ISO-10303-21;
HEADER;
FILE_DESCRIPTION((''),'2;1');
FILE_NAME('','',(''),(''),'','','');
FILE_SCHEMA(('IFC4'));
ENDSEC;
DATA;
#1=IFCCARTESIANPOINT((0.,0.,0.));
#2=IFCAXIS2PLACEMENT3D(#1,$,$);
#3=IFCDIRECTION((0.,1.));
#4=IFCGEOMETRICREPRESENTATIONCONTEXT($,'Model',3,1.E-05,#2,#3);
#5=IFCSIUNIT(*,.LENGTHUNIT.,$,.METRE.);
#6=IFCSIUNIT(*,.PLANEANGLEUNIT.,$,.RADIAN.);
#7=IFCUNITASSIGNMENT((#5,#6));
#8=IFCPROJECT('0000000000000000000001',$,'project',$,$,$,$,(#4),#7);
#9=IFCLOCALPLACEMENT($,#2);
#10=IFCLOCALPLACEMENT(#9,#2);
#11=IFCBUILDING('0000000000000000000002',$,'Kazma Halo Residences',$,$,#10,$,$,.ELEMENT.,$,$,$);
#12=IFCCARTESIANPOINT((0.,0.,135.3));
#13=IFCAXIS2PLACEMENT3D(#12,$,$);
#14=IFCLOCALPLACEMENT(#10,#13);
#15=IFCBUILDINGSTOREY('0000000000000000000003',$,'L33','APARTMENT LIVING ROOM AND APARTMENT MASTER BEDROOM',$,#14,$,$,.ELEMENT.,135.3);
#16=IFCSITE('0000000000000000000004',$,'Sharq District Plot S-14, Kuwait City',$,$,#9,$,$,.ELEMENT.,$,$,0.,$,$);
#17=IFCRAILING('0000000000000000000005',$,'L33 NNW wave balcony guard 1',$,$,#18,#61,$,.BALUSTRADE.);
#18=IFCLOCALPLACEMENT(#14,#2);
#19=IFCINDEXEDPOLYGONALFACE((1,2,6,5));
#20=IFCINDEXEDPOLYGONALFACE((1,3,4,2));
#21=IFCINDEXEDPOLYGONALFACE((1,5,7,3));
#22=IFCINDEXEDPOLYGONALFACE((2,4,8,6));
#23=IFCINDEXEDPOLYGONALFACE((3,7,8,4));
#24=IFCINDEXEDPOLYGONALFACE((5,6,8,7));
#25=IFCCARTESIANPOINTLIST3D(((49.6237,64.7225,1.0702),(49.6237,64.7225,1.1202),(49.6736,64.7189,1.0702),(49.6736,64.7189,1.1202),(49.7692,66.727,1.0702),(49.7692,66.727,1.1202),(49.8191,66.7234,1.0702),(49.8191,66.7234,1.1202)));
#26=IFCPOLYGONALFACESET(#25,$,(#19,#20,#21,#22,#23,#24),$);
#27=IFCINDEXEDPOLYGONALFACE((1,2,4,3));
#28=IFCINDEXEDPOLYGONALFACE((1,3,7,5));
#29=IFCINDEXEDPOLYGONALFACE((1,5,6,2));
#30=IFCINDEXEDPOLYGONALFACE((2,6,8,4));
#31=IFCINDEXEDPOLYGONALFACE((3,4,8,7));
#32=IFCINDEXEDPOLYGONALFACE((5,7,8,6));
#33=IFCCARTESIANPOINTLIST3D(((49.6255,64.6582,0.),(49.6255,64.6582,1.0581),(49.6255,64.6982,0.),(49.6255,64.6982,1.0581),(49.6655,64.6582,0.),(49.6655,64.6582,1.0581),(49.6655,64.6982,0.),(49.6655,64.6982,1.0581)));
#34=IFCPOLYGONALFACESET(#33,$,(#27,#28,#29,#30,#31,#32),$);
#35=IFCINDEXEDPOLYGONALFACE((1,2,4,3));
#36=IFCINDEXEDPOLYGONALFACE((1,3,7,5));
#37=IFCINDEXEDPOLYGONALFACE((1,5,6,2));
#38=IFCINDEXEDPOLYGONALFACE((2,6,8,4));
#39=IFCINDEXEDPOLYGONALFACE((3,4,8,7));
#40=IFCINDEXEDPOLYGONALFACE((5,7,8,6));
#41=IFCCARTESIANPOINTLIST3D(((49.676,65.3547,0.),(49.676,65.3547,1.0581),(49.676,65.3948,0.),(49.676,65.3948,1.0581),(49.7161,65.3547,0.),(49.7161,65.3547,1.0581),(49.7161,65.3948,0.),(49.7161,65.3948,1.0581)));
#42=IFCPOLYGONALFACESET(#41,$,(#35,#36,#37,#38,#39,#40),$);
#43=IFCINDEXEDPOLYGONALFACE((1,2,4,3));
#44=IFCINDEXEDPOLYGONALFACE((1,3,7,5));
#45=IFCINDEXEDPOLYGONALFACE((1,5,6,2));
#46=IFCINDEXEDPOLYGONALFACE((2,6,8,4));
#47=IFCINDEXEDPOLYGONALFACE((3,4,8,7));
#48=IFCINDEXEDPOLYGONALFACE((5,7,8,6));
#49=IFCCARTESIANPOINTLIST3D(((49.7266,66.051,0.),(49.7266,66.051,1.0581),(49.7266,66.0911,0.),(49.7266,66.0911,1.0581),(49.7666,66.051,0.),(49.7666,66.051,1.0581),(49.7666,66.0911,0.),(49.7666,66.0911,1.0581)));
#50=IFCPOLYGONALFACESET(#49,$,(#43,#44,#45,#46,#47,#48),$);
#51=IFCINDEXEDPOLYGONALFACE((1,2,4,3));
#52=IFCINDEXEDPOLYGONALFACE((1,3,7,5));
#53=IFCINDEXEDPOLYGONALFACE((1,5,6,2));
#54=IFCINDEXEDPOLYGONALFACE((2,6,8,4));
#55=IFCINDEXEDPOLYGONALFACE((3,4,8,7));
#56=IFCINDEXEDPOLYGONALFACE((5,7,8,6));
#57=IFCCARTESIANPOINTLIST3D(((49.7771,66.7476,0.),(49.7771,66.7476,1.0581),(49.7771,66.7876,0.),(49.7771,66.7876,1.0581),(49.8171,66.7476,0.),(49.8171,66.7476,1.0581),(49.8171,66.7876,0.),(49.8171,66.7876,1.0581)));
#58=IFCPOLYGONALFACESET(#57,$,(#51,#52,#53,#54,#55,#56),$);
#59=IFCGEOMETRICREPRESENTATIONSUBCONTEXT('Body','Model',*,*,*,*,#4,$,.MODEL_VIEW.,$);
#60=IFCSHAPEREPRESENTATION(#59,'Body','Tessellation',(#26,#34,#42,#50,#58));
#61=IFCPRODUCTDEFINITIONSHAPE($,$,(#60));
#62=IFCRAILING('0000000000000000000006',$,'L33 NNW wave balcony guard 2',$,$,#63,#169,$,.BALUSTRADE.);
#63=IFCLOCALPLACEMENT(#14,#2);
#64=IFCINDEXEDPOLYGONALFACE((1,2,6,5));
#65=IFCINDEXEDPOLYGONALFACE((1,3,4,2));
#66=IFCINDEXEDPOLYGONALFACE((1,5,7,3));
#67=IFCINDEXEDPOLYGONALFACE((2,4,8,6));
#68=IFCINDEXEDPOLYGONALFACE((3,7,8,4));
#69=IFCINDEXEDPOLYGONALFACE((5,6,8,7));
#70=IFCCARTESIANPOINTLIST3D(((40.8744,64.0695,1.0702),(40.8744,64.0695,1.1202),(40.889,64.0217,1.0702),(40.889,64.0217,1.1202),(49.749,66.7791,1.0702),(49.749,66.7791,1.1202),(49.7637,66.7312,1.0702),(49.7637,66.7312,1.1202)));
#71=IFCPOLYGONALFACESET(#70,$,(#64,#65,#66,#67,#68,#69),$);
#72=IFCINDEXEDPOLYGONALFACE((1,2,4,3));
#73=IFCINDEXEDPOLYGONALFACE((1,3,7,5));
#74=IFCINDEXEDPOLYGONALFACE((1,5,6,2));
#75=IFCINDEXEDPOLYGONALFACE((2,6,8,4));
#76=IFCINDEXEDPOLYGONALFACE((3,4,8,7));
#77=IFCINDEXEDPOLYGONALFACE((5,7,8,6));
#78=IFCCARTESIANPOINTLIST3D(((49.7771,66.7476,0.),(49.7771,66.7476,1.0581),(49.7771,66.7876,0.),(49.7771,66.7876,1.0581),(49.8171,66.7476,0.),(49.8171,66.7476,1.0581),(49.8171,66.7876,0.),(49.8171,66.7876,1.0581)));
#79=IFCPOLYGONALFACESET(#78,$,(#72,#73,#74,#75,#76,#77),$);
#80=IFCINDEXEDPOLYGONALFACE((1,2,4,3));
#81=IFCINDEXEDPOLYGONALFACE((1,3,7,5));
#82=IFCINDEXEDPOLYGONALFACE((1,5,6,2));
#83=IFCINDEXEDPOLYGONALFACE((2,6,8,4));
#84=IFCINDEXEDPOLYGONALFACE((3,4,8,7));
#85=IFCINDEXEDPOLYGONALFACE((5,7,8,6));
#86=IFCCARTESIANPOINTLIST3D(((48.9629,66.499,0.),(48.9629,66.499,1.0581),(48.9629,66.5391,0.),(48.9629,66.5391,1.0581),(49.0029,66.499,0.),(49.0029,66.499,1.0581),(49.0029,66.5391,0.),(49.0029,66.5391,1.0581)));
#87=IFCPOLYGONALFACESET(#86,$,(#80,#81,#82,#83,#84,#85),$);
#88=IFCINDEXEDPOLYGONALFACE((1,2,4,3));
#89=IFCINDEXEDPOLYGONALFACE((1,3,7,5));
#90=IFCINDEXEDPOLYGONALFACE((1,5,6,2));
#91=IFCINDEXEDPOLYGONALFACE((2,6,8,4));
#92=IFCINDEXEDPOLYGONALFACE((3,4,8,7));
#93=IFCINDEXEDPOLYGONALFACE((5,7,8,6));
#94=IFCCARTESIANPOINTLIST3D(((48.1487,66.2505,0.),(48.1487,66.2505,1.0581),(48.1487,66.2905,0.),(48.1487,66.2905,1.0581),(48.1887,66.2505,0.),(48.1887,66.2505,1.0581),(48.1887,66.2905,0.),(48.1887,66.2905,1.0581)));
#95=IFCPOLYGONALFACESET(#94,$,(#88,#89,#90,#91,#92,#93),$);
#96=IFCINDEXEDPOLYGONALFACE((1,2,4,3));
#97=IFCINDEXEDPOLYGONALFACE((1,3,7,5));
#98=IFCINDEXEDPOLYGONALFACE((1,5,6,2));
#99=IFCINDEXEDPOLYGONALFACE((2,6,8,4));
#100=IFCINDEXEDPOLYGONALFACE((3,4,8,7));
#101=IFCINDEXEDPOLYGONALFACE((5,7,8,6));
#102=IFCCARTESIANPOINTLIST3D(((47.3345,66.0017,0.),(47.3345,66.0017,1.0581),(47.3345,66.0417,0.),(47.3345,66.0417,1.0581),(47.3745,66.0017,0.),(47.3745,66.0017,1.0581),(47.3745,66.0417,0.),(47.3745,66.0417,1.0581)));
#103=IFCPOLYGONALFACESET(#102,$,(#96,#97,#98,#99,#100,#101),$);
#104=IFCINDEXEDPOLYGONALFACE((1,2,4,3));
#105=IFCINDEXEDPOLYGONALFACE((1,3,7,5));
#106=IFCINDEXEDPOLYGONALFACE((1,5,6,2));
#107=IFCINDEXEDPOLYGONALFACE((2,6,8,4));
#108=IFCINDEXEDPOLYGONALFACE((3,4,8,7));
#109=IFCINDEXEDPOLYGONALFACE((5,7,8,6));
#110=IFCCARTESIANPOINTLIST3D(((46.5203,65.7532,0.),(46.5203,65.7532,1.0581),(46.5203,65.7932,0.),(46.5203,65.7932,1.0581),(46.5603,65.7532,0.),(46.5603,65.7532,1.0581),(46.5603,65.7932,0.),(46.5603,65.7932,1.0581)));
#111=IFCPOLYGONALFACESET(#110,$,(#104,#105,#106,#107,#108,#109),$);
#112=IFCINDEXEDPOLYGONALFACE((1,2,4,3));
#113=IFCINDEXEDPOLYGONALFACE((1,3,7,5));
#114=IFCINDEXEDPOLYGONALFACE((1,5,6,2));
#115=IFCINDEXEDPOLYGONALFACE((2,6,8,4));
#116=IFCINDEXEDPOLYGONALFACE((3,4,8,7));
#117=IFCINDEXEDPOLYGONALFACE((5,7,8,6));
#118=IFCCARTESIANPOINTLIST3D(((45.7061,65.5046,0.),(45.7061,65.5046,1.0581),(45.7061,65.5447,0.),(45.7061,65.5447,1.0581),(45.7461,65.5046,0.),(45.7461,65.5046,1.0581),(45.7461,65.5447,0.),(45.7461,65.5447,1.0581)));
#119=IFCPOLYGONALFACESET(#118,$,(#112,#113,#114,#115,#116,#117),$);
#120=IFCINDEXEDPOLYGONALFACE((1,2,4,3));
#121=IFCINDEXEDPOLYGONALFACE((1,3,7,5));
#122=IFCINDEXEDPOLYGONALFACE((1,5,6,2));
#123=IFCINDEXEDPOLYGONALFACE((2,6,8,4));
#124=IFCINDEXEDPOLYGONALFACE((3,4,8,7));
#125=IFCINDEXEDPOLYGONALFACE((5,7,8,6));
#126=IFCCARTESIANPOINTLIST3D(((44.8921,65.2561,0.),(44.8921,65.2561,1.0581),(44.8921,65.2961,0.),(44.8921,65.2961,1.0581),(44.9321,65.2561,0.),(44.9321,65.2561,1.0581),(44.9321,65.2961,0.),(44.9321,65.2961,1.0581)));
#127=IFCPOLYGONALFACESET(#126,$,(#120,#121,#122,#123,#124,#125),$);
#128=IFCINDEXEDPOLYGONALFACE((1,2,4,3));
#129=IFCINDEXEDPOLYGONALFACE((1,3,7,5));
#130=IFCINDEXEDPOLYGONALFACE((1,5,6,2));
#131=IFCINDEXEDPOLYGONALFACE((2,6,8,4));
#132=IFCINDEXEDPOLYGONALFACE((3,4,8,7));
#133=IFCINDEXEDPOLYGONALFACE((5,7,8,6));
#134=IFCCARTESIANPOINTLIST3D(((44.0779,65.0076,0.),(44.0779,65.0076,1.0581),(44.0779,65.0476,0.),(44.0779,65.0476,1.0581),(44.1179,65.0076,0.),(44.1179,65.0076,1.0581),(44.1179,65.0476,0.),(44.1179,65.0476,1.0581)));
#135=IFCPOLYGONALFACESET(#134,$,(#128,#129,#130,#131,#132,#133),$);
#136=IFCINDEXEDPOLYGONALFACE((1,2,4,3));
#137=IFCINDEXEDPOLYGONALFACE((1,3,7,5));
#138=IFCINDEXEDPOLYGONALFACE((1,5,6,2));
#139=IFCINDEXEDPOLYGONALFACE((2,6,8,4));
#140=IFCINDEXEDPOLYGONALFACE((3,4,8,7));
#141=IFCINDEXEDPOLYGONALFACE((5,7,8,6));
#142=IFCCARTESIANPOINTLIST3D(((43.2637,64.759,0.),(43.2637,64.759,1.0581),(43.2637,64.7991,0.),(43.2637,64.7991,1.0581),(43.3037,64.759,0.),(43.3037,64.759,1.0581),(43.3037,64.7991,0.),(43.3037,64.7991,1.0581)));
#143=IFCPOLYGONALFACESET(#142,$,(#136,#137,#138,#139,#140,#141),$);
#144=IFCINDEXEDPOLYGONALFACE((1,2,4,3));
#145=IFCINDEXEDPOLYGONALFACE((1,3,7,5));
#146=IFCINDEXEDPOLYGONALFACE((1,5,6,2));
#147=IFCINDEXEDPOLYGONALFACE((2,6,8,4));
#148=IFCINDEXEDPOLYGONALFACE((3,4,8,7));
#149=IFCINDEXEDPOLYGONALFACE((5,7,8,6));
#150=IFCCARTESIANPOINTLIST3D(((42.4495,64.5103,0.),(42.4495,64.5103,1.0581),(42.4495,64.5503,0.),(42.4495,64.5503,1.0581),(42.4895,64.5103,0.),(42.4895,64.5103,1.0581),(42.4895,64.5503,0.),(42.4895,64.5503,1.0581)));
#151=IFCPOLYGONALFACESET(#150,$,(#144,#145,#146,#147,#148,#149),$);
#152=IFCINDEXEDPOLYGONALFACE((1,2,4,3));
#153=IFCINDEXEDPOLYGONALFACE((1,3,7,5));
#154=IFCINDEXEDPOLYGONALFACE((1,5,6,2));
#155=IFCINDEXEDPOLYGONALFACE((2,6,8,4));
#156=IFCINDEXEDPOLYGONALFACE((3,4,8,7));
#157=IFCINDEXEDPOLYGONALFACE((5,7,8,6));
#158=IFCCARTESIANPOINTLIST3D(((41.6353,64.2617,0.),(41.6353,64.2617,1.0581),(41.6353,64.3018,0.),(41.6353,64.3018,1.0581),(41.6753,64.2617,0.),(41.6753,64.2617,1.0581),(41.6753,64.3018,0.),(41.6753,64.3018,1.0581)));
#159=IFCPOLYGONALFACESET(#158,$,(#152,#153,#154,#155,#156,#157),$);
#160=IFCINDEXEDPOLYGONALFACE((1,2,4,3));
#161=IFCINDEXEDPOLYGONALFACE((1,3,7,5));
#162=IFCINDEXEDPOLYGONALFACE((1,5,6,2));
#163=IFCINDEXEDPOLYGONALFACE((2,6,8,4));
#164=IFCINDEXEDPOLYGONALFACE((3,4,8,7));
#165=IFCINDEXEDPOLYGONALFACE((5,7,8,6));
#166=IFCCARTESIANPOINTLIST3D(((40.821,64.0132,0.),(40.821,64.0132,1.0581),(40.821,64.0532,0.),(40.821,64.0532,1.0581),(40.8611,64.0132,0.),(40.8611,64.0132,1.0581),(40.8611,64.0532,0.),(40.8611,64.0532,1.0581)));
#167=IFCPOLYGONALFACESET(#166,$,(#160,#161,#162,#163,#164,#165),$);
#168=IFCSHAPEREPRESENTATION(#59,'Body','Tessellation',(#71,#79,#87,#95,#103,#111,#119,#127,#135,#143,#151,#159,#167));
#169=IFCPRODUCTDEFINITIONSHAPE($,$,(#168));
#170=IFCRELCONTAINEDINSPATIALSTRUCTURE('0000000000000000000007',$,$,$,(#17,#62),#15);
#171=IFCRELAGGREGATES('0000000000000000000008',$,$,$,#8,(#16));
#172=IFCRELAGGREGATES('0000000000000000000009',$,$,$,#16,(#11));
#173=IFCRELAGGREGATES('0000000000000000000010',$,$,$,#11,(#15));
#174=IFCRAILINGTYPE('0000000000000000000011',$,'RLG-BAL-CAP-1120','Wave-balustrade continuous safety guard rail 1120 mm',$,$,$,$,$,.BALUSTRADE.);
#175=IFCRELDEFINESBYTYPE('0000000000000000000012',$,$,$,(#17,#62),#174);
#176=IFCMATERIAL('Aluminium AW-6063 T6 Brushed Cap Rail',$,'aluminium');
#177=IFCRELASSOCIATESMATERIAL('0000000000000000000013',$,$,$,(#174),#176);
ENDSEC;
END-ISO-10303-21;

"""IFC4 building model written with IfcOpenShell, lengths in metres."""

from ifc_helpers import new_model, si_unit, direction, frame, origin, origin_2d, place, context, subcontext, project, spatial, rectangle, extrude, material, type_object, element, save


model = new_model("IFC4")

# Units and contexts
model_context = context("Model", 3, precision=1e-05, world=origin(), true_north=direction((0.0, 1.0)))
body_context = subcontext(model_context, "Body", "Model", "MODEL_VIEW")
ifc_project = project(units=[si_unit("LENGTHUNIT", "METRE"), si_unit("PLANEANGLEUNIT", "RADIAN")], contexts=[model_context])

# Site, building, storey
site_placement = place(None, origin())
site = spatial("IfcSite", under=ifc_project, at=site_placement, Name="Sharq District Plot S-14, Kuwait City", CompositionType="ELEMENT", RefElevation=0.0)
building_placement = place(site_placement, origin())
building = spatial("IfcBuilding", under=site, at=building_placement, Name="Kazma Halo Residences", CompositionType="ELEMENT")
storey_placement = place(building_placement, frame((0.0, 0.0, 135.3)))
storey = spatial("IfcBuildingStorey", under=building, at=storey_placement, Name="L33", Description="APARTMENT LIVING ROOM AND APARTMENT MASTER BEDROOM", CompositionType="ELEMENT", Elevation=135.3)

# Railings
ifc_material_1 = material(Name="Aluminium AW-6063 T6 Brushed Cap Rail", Category="aluminium")
railing_type = type_object("IfcRailingType", Name="RLG-BAL-CAP-1120", Description="Wave-balustrade continuous safety guard rail 1120 mm", PredefinedType="BALUSTRADE", material=ifc_material_1)
railing_1_placement = place(storey_placement, frame((49.6455, 64.6782, 0.0)))
element("IfcRailing", 1, at=railing_1_placement, inside=storey, type_object=railing_type, Name="L33 NNW wave balcony guard 1", PredefinedType="BALUSTRADE", context=body_context, shape_type="SweptSolid", body=[
    extrude(rectangle(XDim=0.05, YDim=0.05, at=origin_2d()), frame((0.0032, 0.0425, 1.0952), z_axis=(0.072373, 0.997378, 0.0), x_axis=(-0.997378, 0.072373, 0.0)), (0.0, 0.0, 1.0), 2.0098),
    extrude(rectangle(XDim=0.04, YDim=0.04, at=origin_2d()), origin(), (0.0, 0.0, 1.0), 1.0581),
    extrude(rectangle(XDim=0.04, YDim=0.04, at=origin_2d()), frame((0.0505, 0.6965, 0.0)), (0.0, 0.0, 1.0), 1.0581),
    extrude(rectangle(XDim=0.04, YDim=0.04, at=origin_2d()), frame((0.1011, 1.3928, 0.0)), (0.0, 0.0, 1.0), 1.0581),
    extrude(rectangle(XDim=0.04, YDim=0.04, at=origin_2d()), frame((0.1516, 2.0894, 0.0)), (0.0, 0.0, 1.0), 1.0581),
])
railing_2_placement = place(storey_placement, frame((49.7971, 66.7676, 0.0)))
element("IfcRailing", 2, at=railing_2_placement, inside=storey, type_object=railing_type, Name="L33 NNW wave balcony guard 2", PredefinedType="BALUSTRADE", context=body_context, shape_type="SweptSolid", body=[
    extrude(rectangle(XDim=0.05, YDim=0.05, at=origin_2d()), frame((-0.0408, -0.0125, 1.0952), z_axis=(-0.956417, -0.292004, 0.0), x_axis=(0.292004, -0.956417, 0.0)), (0.0, 0.0, 1.0), 9.2791),
    extrude(rectangle(XDim=0.04, YDim=0.04, at=origin_2d()), origin(), (0.0, 0.0, 1.0), 1.0581),
    extrude(rectangle(XDim=0.04, YDim=0.04, at=origin_2d()), frame((-0.8142, -0.2485, 0.0)), (0.0, 0.0, 1.0), 1.0581),
    extrude(rectangle(XDim=0.04, YDim=0.04, at=origin_2d()), frame((-1.6284, -0.4971, 0.0)), (0.0, 0.0, 1.0), 1.0581),
    extrude(rectangle(XDim=0.04, YDim=0.04, at=origin_2d()), frame((-2.4426, -0.7458, 0.0)), (0.0, 0.0, 1.0), 1.0581),
    extrude(rectangle(XDim=0.04, YDim=0.04, at=origin_2d()), frame((-3.2568, -0.9944, 0.0)), (0.0, 0.0, 1.0), 1.0581),
    extrude(rectangle(XDim=0.04, YDim=0.04, at=origin_2d()), frame((-4.071, -1.2429, 0.0)), (0.0, 0.0, 1.0), 1.0581),
    extrude(rectangle(XDim=0.04, YDim=0.04, at=origin_2d()), frame((-4.885, -1.4915, 0.0)), (0.0, 0.0, 1.0), 1.0581),
    extrude(rectangle(XDim=0.04, YDim=0.04, at=origin_2d()), frame((-5.6992, -1.74, 0.0)), (0.0, 0.0, 1.0), 1.0581),
    extrude(rectangle(XDim=0.04, YDim=0.04, at=origin_2d()), frame((-6.5134, -1.9885, 0.0)), (0.0, 0.0, 1.0), 1.0581),
    extrude(rectangle(XDim=0.04, YDim=0.04, at=origin_2d()), frame((-7.3276, -2.2373, 0.0)), (0.0, 0.0, 1.0), 1.0581),
    extrude(rectangle(XDim=0.04, YDim=0.04, at=origin_2d()), frame((-8.1418, -2.4858, 0.0)), (0.0, 0.0, 1.0), 1.0581),
    extrude(rectangle(XDim=0.04, YDim=0.04, at=origin_2d()), frame((-8.9561, -2.7344, 0.0)), (0.0, 0.0, 1.0), 1.0581),
])

save(model, "model.ifc")
